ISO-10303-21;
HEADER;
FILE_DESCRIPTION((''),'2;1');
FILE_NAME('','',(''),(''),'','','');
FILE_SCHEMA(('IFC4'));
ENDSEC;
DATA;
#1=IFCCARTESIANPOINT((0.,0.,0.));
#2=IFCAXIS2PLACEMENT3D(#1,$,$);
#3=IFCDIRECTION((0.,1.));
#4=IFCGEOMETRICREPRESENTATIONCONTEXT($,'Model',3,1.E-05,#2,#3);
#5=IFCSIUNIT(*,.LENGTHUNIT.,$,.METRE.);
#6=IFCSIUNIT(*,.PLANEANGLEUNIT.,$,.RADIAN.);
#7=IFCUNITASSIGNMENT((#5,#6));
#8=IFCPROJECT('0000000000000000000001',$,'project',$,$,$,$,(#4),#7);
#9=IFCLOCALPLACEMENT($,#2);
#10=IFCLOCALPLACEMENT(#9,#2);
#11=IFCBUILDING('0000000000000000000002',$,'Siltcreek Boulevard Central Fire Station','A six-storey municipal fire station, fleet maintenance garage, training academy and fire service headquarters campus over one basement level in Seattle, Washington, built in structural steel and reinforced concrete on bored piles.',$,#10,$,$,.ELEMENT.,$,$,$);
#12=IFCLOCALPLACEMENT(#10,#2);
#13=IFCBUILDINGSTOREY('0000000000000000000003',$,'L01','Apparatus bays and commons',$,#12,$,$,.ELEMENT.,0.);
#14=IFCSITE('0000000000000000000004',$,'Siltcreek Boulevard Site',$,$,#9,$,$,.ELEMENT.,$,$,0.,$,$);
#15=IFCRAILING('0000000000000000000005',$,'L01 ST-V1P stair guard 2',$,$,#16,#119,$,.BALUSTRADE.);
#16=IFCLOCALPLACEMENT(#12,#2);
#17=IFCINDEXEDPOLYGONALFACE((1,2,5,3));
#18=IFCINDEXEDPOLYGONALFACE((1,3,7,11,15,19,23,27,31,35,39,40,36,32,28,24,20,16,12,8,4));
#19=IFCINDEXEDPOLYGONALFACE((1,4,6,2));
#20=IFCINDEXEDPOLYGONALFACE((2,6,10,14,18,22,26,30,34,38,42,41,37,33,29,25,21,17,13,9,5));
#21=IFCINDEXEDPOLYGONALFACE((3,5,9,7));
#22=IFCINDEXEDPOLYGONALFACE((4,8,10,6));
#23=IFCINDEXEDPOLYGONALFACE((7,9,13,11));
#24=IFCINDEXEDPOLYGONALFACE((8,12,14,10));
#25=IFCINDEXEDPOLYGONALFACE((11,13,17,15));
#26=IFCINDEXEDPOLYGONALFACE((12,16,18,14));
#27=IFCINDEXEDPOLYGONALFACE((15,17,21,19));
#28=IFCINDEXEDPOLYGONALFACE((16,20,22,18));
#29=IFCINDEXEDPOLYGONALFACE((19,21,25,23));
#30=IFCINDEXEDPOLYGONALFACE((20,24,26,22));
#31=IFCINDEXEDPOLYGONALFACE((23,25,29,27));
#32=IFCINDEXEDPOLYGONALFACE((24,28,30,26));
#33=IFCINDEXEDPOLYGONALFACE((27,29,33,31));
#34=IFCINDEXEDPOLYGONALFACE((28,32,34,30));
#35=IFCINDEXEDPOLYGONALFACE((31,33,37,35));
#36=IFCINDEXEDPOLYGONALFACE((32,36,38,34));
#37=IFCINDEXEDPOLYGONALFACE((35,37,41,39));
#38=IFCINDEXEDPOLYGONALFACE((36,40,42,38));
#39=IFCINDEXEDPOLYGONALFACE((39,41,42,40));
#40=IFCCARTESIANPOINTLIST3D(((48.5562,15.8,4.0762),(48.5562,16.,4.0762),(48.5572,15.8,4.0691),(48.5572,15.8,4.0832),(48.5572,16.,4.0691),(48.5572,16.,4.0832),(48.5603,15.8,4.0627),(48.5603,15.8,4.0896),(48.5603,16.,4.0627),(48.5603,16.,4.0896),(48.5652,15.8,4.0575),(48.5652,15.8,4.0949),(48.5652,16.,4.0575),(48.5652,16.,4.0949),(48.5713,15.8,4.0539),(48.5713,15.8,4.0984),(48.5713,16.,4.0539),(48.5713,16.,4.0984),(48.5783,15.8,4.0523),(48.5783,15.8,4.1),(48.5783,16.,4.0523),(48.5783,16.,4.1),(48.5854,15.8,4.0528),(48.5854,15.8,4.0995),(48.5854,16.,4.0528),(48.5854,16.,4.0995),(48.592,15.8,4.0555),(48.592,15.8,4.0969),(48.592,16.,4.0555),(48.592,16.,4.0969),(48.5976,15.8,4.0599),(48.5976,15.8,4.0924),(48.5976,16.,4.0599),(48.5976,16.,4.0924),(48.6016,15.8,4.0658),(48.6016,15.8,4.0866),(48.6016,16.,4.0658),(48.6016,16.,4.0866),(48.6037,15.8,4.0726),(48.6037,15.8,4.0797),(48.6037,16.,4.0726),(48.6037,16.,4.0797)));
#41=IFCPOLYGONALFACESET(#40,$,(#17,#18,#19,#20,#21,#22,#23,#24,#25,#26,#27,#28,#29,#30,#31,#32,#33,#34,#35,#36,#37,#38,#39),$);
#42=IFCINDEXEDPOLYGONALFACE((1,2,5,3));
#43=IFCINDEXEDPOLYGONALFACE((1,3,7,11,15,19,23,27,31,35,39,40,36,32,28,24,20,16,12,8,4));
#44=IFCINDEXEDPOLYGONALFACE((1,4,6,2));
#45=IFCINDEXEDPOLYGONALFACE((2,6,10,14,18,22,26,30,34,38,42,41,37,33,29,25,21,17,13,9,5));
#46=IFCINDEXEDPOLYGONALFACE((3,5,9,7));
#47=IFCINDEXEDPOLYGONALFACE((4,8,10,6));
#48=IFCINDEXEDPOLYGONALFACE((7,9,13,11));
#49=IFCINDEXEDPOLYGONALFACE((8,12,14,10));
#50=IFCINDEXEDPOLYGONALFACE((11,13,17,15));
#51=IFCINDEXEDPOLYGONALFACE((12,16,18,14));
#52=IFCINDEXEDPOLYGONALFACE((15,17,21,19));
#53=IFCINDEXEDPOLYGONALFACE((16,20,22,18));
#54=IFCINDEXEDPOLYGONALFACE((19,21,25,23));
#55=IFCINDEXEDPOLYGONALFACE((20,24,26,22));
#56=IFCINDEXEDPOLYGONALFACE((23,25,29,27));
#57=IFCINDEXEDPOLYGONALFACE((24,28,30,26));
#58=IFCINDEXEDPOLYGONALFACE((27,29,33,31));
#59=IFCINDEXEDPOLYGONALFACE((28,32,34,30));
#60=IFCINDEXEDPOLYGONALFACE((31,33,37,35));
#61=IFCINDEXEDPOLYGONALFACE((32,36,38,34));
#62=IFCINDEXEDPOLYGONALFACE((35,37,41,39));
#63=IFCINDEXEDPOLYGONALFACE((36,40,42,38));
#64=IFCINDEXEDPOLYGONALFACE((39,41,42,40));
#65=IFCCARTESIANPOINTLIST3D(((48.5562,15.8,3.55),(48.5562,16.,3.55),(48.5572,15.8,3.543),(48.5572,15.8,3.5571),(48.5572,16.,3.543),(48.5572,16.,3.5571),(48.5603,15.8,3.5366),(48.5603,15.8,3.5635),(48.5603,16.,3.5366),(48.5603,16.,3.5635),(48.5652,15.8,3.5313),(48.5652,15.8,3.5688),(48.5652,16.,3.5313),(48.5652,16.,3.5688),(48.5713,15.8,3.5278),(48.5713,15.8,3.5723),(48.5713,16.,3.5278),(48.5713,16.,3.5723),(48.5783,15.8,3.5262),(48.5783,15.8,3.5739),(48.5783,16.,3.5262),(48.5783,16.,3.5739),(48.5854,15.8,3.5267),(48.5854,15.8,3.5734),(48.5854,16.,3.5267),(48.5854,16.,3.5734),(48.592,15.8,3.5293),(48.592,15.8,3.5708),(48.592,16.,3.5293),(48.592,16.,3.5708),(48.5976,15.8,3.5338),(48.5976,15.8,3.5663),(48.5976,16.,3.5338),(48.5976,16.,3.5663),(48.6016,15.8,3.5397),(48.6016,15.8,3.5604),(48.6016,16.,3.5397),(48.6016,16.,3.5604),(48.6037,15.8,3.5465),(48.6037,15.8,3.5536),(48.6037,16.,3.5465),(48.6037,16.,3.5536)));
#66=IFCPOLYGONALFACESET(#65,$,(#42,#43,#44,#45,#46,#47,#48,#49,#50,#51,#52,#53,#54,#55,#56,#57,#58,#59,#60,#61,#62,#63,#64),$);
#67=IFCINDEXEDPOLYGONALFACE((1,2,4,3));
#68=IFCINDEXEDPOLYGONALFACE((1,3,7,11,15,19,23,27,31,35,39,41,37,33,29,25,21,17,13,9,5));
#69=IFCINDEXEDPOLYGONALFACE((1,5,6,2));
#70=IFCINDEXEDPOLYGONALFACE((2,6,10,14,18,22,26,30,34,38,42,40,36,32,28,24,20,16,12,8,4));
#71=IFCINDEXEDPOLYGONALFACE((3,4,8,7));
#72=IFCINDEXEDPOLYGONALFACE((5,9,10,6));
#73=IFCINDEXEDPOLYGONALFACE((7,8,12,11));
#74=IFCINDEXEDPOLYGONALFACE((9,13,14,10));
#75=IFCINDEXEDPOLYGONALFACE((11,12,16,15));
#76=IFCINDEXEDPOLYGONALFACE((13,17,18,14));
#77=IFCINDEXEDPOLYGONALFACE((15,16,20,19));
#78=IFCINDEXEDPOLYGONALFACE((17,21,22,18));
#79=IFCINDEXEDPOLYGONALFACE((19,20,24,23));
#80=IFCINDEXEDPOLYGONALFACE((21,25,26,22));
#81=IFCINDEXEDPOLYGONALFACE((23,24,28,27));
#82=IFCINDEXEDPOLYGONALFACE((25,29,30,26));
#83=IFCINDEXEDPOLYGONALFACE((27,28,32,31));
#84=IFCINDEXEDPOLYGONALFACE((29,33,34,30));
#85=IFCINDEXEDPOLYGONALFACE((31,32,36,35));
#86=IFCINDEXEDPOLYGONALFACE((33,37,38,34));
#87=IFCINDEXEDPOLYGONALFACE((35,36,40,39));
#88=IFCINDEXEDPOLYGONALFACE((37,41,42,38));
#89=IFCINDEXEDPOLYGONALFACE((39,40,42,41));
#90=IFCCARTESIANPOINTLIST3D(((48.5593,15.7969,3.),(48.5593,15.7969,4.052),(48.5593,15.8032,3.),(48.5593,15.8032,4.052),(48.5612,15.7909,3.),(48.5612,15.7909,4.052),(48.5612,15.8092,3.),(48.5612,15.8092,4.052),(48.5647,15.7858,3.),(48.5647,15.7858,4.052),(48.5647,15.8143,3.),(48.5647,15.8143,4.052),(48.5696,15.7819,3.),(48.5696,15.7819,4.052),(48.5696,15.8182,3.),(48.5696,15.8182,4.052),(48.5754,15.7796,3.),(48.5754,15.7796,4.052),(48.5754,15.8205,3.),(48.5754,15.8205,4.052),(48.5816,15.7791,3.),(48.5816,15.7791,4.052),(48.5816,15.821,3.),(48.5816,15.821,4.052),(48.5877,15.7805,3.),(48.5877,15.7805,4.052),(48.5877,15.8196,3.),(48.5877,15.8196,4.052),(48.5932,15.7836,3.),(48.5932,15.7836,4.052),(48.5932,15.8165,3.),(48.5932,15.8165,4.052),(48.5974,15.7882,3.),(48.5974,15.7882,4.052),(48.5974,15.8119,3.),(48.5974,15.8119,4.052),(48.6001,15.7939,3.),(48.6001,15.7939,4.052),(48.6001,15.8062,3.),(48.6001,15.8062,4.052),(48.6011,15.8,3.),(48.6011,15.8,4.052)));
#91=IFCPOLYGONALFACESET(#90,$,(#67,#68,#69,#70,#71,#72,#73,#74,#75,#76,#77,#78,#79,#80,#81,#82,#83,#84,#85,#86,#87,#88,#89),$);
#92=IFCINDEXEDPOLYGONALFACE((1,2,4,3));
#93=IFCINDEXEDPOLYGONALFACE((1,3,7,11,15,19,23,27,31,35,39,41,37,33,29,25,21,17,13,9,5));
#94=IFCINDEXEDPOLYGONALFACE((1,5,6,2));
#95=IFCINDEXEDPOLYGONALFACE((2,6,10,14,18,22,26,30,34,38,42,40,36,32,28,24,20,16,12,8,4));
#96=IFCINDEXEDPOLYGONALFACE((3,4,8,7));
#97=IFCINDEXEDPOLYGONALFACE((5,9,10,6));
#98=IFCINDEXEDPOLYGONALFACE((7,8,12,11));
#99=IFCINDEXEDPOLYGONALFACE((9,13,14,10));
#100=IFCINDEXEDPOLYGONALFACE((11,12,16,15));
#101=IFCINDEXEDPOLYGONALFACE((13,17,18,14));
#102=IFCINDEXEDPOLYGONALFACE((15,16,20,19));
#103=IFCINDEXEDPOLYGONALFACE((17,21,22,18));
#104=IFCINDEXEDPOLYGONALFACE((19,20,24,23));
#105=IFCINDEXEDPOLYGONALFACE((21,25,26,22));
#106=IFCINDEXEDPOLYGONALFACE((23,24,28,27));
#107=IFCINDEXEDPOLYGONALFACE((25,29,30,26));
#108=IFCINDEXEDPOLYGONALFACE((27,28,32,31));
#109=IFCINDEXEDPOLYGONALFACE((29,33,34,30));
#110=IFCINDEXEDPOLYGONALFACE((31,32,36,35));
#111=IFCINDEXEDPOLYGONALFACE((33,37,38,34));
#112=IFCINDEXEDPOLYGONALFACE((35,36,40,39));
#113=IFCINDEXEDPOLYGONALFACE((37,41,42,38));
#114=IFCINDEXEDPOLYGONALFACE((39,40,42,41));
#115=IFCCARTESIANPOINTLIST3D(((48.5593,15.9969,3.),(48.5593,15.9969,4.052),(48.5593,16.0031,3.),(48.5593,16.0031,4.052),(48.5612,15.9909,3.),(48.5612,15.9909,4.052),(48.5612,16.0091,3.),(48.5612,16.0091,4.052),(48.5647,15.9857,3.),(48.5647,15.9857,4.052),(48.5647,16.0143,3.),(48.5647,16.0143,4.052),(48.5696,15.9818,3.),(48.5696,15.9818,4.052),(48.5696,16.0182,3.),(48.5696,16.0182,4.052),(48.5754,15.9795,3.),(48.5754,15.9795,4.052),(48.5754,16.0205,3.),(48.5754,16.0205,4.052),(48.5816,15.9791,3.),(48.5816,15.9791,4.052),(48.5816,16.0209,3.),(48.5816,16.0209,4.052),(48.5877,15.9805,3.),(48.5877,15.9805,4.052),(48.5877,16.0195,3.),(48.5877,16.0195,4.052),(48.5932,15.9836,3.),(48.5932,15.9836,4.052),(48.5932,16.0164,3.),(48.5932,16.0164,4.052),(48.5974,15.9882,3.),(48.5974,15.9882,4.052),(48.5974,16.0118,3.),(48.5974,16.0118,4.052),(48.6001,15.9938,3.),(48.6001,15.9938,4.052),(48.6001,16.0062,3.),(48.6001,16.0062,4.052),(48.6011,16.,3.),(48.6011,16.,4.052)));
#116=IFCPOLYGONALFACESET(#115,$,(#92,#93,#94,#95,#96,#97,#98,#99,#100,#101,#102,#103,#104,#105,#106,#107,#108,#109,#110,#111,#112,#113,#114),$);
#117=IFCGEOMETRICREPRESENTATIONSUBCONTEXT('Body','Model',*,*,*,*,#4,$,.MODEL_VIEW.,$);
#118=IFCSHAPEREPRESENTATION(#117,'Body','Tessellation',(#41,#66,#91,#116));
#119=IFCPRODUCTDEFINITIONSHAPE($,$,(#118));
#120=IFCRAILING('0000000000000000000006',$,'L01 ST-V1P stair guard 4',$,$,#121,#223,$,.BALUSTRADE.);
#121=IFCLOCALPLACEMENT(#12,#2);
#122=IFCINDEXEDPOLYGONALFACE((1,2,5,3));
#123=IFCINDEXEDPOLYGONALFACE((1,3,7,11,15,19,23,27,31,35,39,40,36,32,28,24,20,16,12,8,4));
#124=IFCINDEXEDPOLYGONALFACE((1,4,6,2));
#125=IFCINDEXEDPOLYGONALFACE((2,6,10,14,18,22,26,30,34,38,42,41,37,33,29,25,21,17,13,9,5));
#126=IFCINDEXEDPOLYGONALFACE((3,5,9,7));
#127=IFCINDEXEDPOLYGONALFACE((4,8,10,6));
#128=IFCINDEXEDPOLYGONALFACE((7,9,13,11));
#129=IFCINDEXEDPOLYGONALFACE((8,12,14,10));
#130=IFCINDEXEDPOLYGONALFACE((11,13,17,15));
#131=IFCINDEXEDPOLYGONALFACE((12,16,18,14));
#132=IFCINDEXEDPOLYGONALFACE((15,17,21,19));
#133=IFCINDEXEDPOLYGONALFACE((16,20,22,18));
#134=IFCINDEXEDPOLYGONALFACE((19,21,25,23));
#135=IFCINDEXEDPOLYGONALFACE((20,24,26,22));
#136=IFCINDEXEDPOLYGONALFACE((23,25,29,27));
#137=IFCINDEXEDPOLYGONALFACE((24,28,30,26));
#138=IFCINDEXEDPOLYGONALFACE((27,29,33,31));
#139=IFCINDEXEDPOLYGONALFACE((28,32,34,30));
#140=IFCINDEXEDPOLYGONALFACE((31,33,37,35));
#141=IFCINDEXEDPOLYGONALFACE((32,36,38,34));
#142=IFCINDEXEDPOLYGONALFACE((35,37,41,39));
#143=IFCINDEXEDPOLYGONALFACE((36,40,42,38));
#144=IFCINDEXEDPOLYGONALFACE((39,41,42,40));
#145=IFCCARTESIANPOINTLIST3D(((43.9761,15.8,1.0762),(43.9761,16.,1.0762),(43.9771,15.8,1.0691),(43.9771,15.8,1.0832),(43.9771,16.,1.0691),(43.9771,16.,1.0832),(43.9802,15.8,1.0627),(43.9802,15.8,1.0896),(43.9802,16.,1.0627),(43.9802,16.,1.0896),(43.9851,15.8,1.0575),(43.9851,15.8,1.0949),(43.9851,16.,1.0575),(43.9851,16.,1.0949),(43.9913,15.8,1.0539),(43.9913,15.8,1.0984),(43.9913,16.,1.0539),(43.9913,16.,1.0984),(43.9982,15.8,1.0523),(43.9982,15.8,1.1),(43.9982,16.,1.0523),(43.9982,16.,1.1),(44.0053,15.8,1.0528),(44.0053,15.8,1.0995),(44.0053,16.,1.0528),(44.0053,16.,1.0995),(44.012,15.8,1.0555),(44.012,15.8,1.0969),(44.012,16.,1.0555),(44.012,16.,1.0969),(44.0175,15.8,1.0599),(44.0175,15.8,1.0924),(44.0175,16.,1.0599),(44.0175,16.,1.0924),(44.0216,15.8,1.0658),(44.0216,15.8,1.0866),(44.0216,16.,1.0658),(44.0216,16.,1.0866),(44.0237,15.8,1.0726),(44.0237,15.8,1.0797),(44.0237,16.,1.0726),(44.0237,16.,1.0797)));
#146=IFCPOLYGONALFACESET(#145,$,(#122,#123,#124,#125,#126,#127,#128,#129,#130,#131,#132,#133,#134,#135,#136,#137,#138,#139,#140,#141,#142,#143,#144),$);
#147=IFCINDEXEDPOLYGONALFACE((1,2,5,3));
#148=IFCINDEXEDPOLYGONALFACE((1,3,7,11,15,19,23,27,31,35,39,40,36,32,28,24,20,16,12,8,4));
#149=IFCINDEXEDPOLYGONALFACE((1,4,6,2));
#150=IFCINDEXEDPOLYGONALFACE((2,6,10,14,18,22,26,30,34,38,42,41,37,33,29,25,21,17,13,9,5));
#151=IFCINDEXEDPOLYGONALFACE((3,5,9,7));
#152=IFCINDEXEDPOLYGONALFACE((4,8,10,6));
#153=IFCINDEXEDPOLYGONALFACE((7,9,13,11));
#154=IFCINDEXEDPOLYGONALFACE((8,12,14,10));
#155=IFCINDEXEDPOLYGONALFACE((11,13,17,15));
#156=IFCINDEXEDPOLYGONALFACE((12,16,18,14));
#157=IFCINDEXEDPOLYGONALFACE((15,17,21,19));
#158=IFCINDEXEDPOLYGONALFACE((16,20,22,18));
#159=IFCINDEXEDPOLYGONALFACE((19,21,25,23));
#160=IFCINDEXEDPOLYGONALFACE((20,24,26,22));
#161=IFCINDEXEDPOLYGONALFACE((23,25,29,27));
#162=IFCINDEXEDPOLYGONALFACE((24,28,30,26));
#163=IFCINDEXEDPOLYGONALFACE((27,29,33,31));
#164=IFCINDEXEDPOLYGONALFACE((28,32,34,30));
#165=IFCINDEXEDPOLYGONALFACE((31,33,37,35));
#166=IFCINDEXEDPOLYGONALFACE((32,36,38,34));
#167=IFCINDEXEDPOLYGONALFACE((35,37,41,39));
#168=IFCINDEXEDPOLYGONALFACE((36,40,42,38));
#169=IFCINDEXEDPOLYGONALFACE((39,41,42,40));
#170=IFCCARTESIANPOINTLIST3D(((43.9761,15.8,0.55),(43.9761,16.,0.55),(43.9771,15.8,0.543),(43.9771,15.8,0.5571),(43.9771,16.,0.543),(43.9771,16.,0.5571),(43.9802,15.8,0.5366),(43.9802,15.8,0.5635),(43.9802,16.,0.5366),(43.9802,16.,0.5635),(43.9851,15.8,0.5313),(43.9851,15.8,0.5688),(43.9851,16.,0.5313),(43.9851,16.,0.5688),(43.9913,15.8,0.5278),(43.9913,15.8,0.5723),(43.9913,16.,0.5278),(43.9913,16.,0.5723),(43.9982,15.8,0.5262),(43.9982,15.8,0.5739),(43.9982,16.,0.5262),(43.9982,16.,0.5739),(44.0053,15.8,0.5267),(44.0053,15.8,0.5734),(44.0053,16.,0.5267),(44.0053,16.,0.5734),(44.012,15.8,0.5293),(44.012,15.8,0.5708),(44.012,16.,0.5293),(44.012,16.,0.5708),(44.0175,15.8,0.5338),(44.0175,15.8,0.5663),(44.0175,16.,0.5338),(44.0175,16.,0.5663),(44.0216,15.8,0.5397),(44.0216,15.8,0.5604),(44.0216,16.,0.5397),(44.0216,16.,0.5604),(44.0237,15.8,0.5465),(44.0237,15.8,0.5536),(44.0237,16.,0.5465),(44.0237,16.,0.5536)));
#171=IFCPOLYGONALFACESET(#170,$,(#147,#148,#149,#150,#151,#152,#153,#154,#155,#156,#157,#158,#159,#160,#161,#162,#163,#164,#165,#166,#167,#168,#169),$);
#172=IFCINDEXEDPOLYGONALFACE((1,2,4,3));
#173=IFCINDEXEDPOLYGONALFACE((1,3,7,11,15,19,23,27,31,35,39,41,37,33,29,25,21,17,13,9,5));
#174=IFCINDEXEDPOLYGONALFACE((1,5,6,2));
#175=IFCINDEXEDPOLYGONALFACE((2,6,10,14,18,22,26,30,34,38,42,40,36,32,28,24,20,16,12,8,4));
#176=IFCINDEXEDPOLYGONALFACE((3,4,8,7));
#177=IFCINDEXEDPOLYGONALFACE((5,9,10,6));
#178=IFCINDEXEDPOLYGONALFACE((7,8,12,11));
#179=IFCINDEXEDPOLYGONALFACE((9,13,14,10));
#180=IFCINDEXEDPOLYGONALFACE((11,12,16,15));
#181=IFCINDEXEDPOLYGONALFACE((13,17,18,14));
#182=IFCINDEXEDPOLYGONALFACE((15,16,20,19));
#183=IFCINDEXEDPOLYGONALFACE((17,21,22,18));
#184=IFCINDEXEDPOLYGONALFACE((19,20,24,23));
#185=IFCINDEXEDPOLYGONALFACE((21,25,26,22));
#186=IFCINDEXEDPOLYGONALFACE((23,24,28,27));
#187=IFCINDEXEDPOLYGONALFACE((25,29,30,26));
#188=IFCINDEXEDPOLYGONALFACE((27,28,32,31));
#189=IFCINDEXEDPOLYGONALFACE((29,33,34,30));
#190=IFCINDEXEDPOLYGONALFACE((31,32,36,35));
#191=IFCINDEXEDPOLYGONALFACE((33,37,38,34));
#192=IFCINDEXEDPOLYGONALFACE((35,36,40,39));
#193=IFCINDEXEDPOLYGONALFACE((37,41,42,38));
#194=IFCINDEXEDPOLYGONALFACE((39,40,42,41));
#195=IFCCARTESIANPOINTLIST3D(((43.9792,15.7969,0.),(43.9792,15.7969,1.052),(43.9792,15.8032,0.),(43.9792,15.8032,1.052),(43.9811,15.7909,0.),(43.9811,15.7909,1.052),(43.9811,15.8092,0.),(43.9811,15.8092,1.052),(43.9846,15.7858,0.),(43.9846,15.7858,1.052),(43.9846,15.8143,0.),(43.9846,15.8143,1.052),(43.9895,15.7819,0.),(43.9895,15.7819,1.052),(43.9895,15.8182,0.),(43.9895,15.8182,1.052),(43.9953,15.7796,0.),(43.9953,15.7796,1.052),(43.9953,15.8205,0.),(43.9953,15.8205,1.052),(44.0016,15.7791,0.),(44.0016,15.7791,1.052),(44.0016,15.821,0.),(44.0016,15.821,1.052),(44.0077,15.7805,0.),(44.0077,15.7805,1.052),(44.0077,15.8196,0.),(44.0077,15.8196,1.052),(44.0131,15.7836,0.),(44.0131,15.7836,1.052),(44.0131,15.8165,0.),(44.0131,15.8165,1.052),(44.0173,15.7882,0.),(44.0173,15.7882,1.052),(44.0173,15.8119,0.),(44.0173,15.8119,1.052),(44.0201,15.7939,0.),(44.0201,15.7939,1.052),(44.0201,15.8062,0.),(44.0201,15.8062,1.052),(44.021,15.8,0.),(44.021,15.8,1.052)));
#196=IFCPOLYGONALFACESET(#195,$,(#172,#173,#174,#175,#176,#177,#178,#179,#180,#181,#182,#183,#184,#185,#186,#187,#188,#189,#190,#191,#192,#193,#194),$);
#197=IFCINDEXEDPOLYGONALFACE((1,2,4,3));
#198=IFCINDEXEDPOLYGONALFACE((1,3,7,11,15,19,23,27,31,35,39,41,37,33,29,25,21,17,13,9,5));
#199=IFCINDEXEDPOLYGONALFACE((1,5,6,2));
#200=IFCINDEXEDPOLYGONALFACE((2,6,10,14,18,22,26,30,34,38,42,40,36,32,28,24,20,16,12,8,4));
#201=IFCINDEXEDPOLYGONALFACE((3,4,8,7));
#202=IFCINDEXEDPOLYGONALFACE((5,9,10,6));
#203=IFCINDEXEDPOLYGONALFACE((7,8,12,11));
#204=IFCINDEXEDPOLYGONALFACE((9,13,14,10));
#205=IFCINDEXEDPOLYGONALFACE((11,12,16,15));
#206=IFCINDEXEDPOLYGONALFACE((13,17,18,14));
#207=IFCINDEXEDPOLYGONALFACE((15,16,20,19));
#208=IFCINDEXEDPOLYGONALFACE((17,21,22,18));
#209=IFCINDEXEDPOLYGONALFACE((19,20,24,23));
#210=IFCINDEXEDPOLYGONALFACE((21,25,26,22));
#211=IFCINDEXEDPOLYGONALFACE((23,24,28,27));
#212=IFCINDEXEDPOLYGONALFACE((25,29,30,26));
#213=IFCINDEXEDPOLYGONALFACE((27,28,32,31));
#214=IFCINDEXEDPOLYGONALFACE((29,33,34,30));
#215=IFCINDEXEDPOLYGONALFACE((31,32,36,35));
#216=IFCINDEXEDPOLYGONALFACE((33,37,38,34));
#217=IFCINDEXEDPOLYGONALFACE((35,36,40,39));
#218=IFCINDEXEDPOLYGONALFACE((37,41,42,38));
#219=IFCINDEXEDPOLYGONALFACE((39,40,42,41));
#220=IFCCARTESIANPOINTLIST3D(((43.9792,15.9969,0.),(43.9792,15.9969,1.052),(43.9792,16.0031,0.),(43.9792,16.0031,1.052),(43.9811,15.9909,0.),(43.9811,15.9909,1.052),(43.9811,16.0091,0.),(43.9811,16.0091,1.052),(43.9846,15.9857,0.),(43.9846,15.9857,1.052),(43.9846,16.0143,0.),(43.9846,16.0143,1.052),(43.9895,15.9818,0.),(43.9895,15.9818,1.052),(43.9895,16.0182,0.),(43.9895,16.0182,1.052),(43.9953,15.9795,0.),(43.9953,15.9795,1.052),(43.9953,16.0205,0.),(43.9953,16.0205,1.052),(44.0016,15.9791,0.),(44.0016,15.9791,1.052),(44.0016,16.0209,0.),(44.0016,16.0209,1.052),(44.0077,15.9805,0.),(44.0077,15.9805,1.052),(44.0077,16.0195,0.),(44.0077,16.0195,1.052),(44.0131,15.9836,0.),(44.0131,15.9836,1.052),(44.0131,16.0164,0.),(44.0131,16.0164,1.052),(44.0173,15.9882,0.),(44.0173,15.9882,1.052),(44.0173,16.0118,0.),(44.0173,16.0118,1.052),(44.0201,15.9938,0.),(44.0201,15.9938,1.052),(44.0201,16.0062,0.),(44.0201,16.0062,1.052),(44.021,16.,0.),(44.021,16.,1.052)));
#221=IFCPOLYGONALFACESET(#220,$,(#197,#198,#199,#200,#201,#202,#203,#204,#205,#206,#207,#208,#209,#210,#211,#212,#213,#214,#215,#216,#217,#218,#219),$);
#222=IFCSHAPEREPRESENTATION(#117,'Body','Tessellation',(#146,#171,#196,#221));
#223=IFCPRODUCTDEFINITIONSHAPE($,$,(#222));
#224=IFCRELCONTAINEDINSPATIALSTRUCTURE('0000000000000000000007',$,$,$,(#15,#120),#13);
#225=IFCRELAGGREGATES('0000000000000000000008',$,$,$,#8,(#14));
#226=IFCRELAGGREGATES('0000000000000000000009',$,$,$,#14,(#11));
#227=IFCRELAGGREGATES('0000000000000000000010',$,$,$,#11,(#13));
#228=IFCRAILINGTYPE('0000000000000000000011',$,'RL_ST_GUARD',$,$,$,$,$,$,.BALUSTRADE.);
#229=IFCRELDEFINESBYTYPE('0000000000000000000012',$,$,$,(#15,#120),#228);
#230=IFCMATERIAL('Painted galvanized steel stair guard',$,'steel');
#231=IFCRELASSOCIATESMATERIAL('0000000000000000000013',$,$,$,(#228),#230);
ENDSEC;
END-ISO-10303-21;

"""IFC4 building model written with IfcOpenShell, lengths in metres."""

from ifc_helpers import new_model, si_unit, direction, frame, origin, origin_2d, place, context, subcontext, project, spatial, circle, extrude, material, type_object, element, save


model = new_model("IFC4")

# Units and contexts
model_context = context("Model", 3, precision=1e-05, world=origin(), true_north=direction((0.0, 1.0)))
body_context = subcontext(model_context, "Body", "Model", "MODEL_VIEW")
ifc_project = project(units=[si_unit("LENGTHUNIT", "METRE"), si_unit("PLANEANGLEUNIT", "RADIAN")], contexts=[model_context])

# Site, building, storey
site_placement = place(None, origin())
site = spatial("IfcSite", under=ifc_project, at=site_placement, Name="Siltcreek Boulevard Site", CompositionType="ELEMENT", RefElevation=0.0)
building_placement = place(site_placement, origin())
building = spatial("IfcBuilding", under=site, at=building_placement, Name="Siltcreek Boulevard Central Fire Station", Description="A six-storey municipal fire station, fleet maintenance garage, training academy and fire service headquarters campus over one basement level in Seattle, Washington, built in structural steel and reinforced concrete on bored piles.", CompositionType="ELEMENT")
storey_placement = place(building_placement, origin())
storey = spatial("IfcBuildingStorey", under=building, at=storey_placement, Name="L01", Description="Apparatus bays and commons", CompositionType="ELEMENT", Elevation=0.0)

# Railings
ifc_material_1 = material(Name="Painted galvanized steel stair guard", Category="steel")
railing_type_1 = type_object("IfcRailingType", Name="RL_ST_GUARD", PredefinedType="BALUSTRADE", material=ifc_material_1)
for number, where, name in (
    (1, (48.5801, 15.8, 3.0), "L01 ST-V1P stair guard 2"),
    (2, (44.0, 15.8, 0.0), "L01 ST-V1P stair guard 4"),
):
    element("IfcRailing", number, at=place(storey_placement, frame(where)), inside=storey, type_object=railing_type_1, Name=name, PredefinedType="BALUSTRADE", context=body_context, shape_type="SweptSolid", body=[
        extrude(circle(Radius=0.0239, at=origin_2d()), frame((0.0, 0.0, 1.0762), z_axis=(0.0, 1.0, 0.0), x_axis=(-1.0, 0.0, 0.0)), (0.0, 0.0, 1.0), 0.2),
        extrude(circle(Radius=0.0239, at=origin_2d()), frame((0.0, 0.0, 0.55), z_axis=(0.0, 1.0, 0.0), x_axis=(-1.0, 0.0, 0.0)), (0.0, 0.0, 1.0), 0.2),
        extrude(circle(Radius=0.021, at=origin_2d()), origin(), (0.0, 0.0, 1.0), 1.052),
        extrude(circle(Radius=0.021, at=origin_2d()), frame((0.0, 0.2, 0.0)), (0.0, 0.0, 1.0), 1.052),
    ])

save(model, "model.ifc")
